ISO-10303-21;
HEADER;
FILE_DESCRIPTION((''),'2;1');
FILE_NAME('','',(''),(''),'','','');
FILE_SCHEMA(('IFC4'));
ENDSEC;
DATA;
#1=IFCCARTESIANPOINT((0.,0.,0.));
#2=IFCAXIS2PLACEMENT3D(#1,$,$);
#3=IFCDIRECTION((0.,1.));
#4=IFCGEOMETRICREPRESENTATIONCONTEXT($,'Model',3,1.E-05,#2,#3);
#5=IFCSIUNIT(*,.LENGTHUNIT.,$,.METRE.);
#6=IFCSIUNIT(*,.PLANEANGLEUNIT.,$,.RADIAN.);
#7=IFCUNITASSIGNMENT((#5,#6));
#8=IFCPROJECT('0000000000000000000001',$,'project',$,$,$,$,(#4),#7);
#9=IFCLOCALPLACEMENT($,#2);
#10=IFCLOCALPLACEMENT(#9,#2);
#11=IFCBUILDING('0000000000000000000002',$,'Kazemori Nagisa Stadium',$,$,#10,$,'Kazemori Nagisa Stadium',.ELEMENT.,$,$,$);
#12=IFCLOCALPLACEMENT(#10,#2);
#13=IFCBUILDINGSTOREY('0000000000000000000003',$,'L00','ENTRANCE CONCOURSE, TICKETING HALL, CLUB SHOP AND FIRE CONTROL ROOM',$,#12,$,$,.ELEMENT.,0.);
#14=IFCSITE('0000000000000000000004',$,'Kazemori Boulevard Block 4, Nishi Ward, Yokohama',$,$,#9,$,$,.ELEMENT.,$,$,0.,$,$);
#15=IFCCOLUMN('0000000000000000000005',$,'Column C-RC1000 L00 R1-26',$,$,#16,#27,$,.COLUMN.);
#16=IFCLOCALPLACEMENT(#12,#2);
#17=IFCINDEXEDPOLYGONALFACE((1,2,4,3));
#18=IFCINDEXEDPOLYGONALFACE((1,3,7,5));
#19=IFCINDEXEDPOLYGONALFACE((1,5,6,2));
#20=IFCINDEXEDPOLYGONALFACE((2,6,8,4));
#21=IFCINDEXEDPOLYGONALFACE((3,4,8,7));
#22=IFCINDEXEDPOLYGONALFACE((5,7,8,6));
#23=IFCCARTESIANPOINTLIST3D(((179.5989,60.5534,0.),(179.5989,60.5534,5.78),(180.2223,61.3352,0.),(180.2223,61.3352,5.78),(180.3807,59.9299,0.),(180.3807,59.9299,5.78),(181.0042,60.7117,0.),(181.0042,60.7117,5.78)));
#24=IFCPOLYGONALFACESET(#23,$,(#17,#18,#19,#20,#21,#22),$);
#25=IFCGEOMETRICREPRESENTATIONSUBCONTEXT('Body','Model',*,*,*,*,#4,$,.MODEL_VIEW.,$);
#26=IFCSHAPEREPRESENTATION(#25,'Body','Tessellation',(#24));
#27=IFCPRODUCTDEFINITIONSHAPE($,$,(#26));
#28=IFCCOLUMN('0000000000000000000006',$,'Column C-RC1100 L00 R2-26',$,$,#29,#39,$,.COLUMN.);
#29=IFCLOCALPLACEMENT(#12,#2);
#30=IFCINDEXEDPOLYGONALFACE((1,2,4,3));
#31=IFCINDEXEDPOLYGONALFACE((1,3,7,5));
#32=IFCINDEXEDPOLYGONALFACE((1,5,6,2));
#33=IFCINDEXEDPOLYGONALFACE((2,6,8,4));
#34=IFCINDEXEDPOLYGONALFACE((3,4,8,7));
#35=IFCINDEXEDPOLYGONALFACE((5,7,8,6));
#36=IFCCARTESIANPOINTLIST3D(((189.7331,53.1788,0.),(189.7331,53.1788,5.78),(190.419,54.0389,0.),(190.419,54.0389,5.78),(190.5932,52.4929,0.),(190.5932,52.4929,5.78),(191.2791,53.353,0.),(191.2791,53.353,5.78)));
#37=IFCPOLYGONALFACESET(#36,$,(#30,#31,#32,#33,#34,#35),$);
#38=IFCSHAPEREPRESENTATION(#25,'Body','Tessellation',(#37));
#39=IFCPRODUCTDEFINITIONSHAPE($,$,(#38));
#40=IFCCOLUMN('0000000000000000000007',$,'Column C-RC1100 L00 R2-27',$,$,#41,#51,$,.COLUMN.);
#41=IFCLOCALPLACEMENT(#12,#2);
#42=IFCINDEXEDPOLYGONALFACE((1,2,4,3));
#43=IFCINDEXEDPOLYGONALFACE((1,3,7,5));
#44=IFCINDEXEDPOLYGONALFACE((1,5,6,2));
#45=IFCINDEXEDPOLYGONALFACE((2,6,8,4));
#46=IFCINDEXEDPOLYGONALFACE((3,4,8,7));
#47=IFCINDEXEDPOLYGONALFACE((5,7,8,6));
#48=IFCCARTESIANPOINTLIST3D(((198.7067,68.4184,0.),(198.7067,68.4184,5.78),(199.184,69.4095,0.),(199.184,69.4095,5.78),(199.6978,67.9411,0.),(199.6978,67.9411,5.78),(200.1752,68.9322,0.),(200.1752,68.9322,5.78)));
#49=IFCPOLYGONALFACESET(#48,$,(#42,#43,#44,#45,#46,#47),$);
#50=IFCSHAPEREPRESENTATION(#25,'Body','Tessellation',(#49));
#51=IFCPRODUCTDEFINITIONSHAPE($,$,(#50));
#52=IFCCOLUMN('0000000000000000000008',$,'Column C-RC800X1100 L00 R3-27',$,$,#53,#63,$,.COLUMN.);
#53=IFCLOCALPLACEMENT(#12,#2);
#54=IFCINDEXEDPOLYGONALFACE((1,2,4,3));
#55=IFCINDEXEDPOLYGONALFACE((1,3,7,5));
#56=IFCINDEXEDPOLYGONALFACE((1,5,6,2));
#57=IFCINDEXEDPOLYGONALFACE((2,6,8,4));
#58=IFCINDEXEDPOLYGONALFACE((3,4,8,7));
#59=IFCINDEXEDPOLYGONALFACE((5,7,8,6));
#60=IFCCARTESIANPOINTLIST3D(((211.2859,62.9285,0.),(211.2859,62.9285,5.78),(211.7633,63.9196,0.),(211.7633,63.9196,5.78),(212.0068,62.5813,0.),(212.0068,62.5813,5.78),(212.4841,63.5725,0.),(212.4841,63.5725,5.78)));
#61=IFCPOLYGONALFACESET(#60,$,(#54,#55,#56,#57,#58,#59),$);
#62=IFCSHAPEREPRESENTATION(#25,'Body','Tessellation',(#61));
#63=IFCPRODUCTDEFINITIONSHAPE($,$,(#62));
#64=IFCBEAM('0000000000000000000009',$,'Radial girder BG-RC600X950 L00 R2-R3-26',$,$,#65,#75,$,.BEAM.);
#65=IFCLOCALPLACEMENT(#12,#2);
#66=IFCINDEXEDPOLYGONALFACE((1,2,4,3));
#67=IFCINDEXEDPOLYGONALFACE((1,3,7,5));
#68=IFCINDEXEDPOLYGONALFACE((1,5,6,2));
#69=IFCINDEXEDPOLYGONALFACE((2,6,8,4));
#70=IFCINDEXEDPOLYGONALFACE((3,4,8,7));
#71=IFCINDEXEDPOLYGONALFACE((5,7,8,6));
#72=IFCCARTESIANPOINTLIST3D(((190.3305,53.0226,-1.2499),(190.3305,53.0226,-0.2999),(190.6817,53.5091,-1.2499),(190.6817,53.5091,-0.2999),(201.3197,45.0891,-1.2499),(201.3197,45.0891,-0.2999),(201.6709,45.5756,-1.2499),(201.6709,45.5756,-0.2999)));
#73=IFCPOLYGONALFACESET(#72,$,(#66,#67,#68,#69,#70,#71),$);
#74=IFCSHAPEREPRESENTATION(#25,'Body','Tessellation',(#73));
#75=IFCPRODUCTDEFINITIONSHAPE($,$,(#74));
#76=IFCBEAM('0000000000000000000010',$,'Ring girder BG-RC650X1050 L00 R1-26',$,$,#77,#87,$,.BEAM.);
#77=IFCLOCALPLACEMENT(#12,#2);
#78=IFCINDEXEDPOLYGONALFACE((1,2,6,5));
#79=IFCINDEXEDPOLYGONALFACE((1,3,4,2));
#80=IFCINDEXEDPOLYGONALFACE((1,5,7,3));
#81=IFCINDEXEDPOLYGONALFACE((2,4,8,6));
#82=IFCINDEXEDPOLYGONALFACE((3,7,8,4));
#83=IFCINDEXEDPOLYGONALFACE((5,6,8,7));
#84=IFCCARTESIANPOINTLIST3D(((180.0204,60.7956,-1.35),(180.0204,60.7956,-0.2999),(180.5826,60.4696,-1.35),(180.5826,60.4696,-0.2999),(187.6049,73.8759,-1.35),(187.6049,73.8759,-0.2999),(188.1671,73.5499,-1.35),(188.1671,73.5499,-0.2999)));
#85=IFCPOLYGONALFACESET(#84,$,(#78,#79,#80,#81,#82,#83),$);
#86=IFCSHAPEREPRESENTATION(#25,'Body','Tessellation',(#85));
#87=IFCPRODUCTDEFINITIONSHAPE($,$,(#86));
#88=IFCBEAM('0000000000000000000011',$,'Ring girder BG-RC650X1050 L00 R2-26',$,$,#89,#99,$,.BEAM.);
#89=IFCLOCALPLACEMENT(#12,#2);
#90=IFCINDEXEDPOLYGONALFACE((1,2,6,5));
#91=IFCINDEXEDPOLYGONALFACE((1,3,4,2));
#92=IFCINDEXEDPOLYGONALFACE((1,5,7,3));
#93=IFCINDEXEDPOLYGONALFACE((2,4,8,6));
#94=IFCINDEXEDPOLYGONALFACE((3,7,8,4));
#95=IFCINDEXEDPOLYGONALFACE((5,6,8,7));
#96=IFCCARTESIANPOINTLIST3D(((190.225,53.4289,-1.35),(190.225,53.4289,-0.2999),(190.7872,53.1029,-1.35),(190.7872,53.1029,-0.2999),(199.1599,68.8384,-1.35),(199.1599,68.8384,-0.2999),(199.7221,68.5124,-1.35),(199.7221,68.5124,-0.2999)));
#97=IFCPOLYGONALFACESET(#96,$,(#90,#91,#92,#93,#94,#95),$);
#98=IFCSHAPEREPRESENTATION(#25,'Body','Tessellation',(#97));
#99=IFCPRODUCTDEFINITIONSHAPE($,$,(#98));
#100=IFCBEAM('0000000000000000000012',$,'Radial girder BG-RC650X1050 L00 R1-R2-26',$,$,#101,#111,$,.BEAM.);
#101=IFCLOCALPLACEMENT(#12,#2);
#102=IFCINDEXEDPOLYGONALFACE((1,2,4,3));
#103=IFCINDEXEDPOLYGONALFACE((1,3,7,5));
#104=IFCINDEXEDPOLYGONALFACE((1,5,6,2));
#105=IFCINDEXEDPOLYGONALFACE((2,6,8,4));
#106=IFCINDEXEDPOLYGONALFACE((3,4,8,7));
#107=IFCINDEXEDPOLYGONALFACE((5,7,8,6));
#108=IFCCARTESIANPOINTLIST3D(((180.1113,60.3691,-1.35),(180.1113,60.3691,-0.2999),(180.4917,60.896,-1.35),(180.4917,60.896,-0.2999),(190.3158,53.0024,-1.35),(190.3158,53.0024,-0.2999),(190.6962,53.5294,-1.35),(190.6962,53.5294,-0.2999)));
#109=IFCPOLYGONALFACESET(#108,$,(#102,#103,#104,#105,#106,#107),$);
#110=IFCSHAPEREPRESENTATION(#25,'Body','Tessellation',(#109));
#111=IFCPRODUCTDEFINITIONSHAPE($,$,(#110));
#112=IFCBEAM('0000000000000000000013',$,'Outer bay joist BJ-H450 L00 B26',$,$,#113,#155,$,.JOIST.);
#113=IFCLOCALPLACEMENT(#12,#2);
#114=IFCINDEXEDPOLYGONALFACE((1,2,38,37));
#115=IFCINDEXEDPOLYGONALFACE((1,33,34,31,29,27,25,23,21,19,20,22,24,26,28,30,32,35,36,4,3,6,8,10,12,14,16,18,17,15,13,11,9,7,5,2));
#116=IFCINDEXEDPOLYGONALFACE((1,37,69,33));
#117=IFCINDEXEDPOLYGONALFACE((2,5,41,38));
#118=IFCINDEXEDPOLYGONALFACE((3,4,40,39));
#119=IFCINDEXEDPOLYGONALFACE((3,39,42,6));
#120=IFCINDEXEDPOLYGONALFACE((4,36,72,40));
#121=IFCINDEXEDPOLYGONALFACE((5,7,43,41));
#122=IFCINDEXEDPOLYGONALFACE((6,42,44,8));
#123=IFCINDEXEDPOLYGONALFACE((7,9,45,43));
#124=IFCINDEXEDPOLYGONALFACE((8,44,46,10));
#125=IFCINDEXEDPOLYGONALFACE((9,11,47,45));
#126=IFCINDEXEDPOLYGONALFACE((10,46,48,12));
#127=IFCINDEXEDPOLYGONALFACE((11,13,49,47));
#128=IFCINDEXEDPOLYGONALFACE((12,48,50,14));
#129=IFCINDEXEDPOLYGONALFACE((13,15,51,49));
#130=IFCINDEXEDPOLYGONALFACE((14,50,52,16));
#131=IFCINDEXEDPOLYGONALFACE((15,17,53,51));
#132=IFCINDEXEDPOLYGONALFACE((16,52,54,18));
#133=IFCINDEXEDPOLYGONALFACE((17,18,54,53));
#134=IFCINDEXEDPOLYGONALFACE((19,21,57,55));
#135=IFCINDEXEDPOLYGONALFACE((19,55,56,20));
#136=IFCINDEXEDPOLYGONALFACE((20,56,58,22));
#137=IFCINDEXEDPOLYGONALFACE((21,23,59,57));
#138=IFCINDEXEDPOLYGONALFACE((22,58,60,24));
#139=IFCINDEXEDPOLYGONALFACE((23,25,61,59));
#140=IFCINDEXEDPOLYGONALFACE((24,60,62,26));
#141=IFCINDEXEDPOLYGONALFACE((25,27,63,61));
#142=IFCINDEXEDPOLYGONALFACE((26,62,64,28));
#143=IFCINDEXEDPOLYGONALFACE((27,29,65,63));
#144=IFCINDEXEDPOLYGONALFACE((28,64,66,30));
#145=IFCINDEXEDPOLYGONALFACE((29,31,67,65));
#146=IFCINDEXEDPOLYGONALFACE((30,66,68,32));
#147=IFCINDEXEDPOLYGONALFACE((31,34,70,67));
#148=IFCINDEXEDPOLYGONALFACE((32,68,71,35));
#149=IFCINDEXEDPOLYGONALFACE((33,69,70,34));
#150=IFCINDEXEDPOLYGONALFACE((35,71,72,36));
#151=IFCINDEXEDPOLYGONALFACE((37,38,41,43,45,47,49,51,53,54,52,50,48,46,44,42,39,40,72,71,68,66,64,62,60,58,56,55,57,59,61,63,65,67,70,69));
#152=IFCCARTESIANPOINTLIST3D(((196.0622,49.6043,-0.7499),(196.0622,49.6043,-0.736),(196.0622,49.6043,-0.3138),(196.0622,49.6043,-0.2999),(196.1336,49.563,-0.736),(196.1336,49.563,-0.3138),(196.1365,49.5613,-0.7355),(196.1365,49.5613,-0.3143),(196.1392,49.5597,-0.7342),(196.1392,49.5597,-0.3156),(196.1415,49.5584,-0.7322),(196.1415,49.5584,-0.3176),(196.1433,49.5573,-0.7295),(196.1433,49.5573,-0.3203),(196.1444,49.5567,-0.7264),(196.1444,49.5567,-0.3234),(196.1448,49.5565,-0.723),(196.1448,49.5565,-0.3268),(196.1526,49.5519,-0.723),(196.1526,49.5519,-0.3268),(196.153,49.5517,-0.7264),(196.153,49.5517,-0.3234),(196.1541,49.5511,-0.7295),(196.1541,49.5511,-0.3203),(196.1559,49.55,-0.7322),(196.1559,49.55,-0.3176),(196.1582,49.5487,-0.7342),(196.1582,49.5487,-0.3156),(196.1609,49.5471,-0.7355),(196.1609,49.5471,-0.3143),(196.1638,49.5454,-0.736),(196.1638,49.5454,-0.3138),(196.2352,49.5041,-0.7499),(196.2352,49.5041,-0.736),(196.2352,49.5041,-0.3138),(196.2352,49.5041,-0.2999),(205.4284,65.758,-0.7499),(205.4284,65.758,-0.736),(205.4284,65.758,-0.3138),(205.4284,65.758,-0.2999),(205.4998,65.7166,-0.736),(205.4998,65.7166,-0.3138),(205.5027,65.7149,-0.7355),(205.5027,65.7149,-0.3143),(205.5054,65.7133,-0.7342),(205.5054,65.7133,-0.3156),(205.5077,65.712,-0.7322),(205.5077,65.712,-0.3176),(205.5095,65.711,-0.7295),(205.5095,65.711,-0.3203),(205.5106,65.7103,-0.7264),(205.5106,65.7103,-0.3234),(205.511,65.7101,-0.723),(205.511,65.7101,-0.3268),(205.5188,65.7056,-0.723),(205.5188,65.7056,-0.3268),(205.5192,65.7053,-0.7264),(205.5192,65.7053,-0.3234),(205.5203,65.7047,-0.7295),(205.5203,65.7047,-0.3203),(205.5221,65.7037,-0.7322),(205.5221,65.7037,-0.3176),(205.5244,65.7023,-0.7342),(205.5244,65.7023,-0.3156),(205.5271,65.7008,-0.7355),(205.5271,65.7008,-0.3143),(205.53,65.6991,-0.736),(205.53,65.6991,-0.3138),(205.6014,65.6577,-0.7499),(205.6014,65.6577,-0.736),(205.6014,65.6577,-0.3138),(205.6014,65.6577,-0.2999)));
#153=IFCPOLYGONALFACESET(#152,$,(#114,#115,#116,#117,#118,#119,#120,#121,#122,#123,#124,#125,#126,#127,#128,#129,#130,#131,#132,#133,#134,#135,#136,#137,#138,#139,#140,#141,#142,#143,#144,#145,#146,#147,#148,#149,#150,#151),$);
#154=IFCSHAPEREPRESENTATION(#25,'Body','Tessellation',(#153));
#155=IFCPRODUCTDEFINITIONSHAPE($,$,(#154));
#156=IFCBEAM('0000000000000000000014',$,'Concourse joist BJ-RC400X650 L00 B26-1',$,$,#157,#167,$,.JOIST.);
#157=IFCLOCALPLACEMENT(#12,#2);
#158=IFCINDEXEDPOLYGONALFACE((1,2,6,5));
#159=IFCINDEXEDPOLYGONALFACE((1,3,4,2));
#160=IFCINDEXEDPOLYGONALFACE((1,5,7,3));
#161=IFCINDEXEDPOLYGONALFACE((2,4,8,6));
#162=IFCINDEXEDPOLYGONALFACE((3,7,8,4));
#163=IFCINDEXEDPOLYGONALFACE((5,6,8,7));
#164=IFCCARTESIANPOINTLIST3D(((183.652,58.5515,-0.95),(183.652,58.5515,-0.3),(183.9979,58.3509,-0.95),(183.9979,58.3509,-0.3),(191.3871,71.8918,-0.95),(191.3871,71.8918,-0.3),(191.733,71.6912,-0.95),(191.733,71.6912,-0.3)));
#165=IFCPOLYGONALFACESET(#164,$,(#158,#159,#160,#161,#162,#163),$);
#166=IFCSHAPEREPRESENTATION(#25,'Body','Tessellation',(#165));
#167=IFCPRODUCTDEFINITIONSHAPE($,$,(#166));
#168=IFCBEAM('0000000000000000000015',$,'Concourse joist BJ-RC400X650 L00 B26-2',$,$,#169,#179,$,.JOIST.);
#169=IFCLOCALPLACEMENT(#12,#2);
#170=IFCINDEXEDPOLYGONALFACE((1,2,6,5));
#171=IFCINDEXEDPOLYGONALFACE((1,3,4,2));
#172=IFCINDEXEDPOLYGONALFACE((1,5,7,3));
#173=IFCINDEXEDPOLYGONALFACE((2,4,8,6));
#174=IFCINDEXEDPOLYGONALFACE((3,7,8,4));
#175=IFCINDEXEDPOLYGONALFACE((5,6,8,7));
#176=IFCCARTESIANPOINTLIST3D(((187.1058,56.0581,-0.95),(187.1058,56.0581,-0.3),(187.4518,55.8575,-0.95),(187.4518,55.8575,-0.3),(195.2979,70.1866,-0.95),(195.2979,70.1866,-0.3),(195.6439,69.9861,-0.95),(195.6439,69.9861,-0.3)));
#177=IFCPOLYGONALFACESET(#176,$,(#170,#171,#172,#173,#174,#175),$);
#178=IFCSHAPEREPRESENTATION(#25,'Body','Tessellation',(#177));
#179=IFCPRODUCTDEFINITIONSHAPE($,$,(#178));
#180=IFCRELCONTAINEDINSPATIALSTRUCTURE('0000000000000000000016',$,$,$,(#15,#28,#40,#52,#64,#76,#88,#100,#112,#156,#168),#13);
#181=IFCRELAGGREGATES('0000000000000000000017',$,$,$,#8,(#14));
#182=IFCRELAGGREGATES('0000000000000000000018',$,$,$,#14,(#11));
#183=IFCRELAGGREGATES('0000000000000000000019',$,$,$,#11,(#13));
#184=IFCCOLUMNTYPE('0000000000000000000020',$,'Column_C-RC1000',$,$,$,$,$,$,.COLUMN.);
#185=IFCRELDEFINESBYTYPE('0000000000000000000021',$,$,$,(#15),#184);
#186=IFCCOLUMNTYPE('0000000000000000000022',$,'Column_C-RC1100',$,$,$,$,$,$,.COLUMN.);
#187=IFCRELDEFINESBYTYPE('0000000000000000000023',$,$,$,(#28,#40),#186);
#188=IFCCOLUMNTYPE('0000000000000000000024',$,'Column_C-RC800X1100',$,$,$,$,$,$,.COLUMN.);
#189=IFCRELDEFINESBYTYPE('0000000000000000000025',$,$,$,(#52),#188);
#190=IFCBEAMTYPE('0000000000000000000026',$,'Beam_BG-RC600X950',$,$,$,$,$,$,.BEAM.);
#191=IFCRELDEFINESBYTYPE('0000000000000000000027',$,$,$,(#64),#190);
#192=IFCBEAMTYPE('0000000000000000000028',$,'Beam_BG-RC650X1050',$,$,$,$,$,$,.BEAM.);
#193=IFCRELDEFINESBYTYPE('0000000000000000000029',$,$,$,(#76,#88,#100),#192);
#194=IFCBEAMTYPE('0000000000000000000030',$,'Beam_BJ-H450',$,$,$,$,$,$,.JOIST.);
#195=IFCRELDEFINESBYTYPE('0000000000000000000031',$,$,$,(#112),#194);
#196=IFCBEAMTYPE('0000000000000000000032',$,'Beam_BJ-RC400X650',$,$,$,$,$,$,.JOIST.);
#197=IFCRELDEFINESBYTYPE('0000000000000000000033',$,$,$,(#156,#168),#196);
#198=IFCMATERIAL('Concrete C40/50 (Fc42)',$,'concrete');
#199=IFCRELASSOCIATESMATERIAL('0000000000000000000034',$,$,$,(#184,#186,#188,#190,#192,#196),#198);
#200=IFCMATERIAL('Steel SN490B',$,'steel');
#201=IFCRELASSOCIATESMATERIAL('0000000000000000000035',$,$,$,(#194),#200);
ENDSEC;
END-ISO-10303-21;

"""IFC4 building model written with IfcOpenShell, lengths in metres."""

from ifc_helpers import new_model, si_unit, direction, frame, origin, origin_2d, place, context, subcontext, project, spatial, rectangle, i_section, extrude, material, material_profile, profile_set, type_object, element, save


model = new_model("IFC4")

# Units and contexts
model_context = context("Model", 3, precision=1e-05, world=origin(), true_north=direction((0.0, 1.0)))
body_context = subcontext(model_context, "Body", "Model", "MODEL_VIEW")
ifc_project = project(units=[si_unit("LENGTHUNIT", "METRE"), si_unit("PLANEANGLEUNIT", "RADIAN")], contexts=[model_context])

# Site, building, storey
site_placement = place(None, origin())
site = spatial("IfcSite", under=ifc_project, at=site_placement, Name="Kazemori Boulevard Block 4, Nishi Ward, Yokohama", CompositionType="ELEMENT", RefElevation=0.0)
building_placement = place(site_placement, origin())
building = spatial("IfcBuilding", under=site, at=building_placement, Name="Kazemori Nagisa Stadium", LongName="Kazemori Nagisa Stadium", CompositionType="ELEMENT")
storey_placement = place(building_placement, origin())
storey = spatial("IfcBuildingStorey", under=building, at=storey_placement, Name="L00", Description="ENTRANCE CONCOURSE, TICKETING HALL, CLUB SHOP AND FIRE CONTROL ROOM", CompositionType="ELEMENT", Elevation=0.0)

# Columns
ifc_material_1 = material(Name="Concrete C40/50 (Fc42)", Category="concrete")
ifc_material_profile_1 = material_profile(ifc_material_1, rectangle(XDim=1.0, YDim=1.0, at=origin_2d()), Name="RC-COL-1000x1000")
ifc_profile_set_1 = profile_set([ifc_material_profile_1], Name="Concrete C40/50 (Fc42)")
column_type_1 = type_object("IfcColumnType", Name="Column_C-RC1000", PredefinedType="COLUMN", material=ifc_profile_set_1)
column_1_placement = place(storey_placement, frame((180.3015, 60.6326, 0.0), z_axis=(0.0, 0.0, 1.0), x_axis=(0.781831, -0.62349, 0.0)))
element("IfcColumn", 1, at=column_1_placement, inside=storey, type_object=column_type_1, Name="Column C-RC1000 L00 R1-26", PredefinedType="COLUMN", context=body_context, shape_type="SweptSolid", body=[
    extrude(rectangle(XDim=1.0, YDim=1.0, at=origin_2d()), origin(), (0.0, 0.0, 1.0), 5.78),
])
ifc_material_profile_2 = material_profile(ifc_material_1, rectangle(XDim=1.1001, YDim=1.1001, at=origin_2d()), Name="RC-COL-1100x1100")
ifc_profile_set_2 = profile_set([ifc_material_profile_2], Name="Concrete C40/50 (Fc42)")
column_type_2 = type_object("IfcColumnType", Name="Column_C-RC1100", PredefinedType="COLUMN", material=ifc_profile_set_2)
for number, where, z_axis, x_axis, name in (
    (2, (190.5061, 53.2659, 0.0), (0.0, 0.0, 1.0), (0.781831, -0.62349, 0.0), "Column C-RC1100 L00 R2-26"),
    (3, (199.4409, 68.6753, 0.0), (0.0, 0.0, 1.0), (0.900969, -0.433884, 0.0), "Column C-RC1100 L00 R2-27"),
):
    element("IfcColumn", number, at=place(storey_placement, frame(where, z_axis=z_axis, x_axis=x_axis)), inside=storey, type_object=column_type_2, Name=name, PredefinedType="COLUMN", context=body_context, shape_type="SweptSolid", body=[
        extrude(rectangle(XDim=1.1001, YDim=1.1001, at=origin_2d()), origin(), (0.0, 0.0, 1.0), 5.78),
    ])
ifc_material_profile_3 = material_profile(ifc_material_1, rectangle(XDim=0.8, YDim=1.1001, at=origin_2d()), Name="RC-COL-800x1100")
ifc_profile_set_3 = profile_set([ifc_material_profile_3], Name="Concrete C40/50 (Fc42)")
column_type_3 = type_object("IfcColumnType", Name="Column_C-RC800X1100", PredefinedType="COLUMN", material=ifc_profile_set_3)
column_2_placement = place(storey_placement, frame((211.885, 63.2505, 0.0), z_axis=(0.0, 0.0, 1.0), x_axis=(0.900969, -0.433884, 0.0)))
element("IfcColumn", 4, at=column_2_placement, inside=storey, type_object=column_type_3, Name="Column C-RC800X1100 L00 R3-27", PredefinedType="COLUMN", context=body_context, shape_type="SweptSolid", body=[
    extrude(rectangle(XDim=0.8, YDim=1.1001, at=origin_2d()), origin(), (0.0, 0.0, 1.0), 5.78),
])

# Beams
ifc_material_profile_4 = material_profile(ifc_material_1, rectangle(XDim=0.6001, YDim=0.95, at=origin_2d()), Name="RC-BM-600x950")
ifc_profile_set_4 = profile_set([ifc_material_profile_4], Name="Concrete C40/50 (Fc42)")
beam_type_1 = type_object("IfcBeamType", Name="Beam_BG-RC600X950", PredefinedType="BEAM", material=ifc_profile_set_4)
beam_1_placement = place(storey_placement, frame((190.5061, 53.2659, -0.7749), z_axis=(0.810788, -0.585341, 0.0), x_axis=(0.585341, 0.810788, 0.0)))
element("IfcBeam", 5, at=beam_1_placement, inside=storey, type_object=beam_type_1, Name="Radial girder BG-RC600X950 L00 R2-R3-26", PredefinedType="BEAM", context=body_context, shape_type="SweptSolid", body=[
    extrude(rectangle(XDim=0.6001, YDim=0.95, at=origin_2d()), origin(), (0.0, 0.0, 1.0), 13.5537),
])
ifc_material_profile_5 = material_profile(ifc_material_1, rectangle(XDim=0.6499, YDim=1.05, at=origin_2d()), Name="RC-BM-650x1050")
ifc_profile_set_5 = profile_set([ifc_material_profile_5], Name="Concrete C40/50 (Fc42)")
beam_type_2 = type_object("IfcBeamType", Name="Beam_BG-RC650X1050", PredefinedType="BEAM", material=ifc_profile_set_5)
beam_2_placement = place(storey_placement, frame((180.3015, 60.6326, -0.825), z_axis=(0.501613, 0.865092, 0.0), x_axis=(-0.865092, 0.501613, 0.0)))
element("IfcBeam", 6, at=beam_2_placement, inside=storey, type_object=beam_type_2, Name="Ring girder BG-RC650X1050 L00 R1-26", PredefinedType="BEAM", context=body_context, shape_type="SweptSolid", body=[
    extrude(rectangle(XDim=0.6499, YDim=1.05, at=origin_2d()), origin(), (0.0, 0.0, 1.0), 15.1201),
])
beam_3_placement = place(storey_placement, frame((190.5061, 53.2659, -0.825), z_axis=(0.501607, 0.865096, 0.0), x_axis=(-0.865096, 0.501607, 0.0)))
element("IfcBeam", 7, at=beam_3_placement, inside=storey, type_object=beam_type_2, Name="Ring girder BG-RC650X1050 L00 R2-26", PredefinedType="BEAM", context=body_context, shape_type="SweptSolid", body=[
    extrude(rectangle(XDim=0.6499, YDim=1.05, at=origin_2d()), origin(), (0.0, 0.0, 1.0), 17.8125),
])
beam_4_placement = place(storey_placement, frame((180.3015, 60.6326, -0.825), z_axis=(0.810803, -0.585319, 0.0), x_axis=(0.585319, 0.810803, 0.0)))
element("IfcBeam", 8, at=beam_4_placement, inside=storey, type_object=beam_type_2, Name="Radial girder BG-RC650X1050 L00 R1-R2-26", PredefinedType="BEAM", context=body_context, shape_type="SweptSolid", body=[
    extrude(rectangle(XDim=0.6499, YDim=1.05, at=origin_2d()), origin(), (0.0, 0.0, 1.0), 12.5857),
])
ifc_material_2 = material(Name="Steel SN490B", Category="steel")
ifc_material_profile_6 = material_profile(ifc_material_2, i_section(OverallWidth=0.2, OverallDepth=0.45, WebThickness=0.009, FlangeThickness=0.0139, FilletRadius=0.0129, at=origin_2d()), Name="H-450x200x9x14")
ifc_profile_set_6 = profile_set([ifc_material_profile_6], Name="Steel SN490B")
beam_type_3 = type_object("IfcBeamType", Name="Beam_BJ-H450", PredefinedType="JOIST", material=ifc_profile_set_6)
beam_5_placement = place(storey_placement, frame((196.1487, 49.5542, -0.5249), z_axis=(0.501604, 0.865098, 0.0), x_axis=(-0.865098, 0.501604, 0.0)))
element("IfcBeam", 9, at=beam_5_placement, inside=storey, type_object=beam_type_3, Name="Outer bay joist BJ-H450 L00 B26", PredefinedType="JOIST", context=body_context, shape_type="SweptSolid", body=[
    extrude(i_section(OverallWidth=0.2, OverallDepth=0.45, WebThickness=0.009, FlangeThickness=0.0139, FilletRadius=0.0129, at=origin_2d()), origin(), (0.0, 0.0, 1.0), 18.6726),
])
ifc_material_profile_7 = material_profile(ifc_material_1, rectangle(XDim=0.3999, YDim=0.6499, at=origin_2d()), Name="RC-BM-400x650")
ifc_profile_set_7 = profile_set([ifc_material_profile_7], Name="Concrete C40/50 (Fc42)")
beam_type_4 = type_object("IfcBeamType", Name="Beam_BJ-RC400X650", PredefinedType="JOIST", material=ifc_profile_set_7)
beam_6_placement = place(storey_placement, frame((183.825, 58.4512, -0.625), z_axis=(0.501607, 0.865095, 0.0), x_axis=(-0.865095, 0.501607, 0.0)))
element("IfcBeam", 10, at=beam_6_placement, inside=storey, type_object=beam_type_4, Name="Concourse joist BJ-RC400X650 L00 B26-1", PredefinedType="JOIST", context=body_context, shape_type="SweptSolid", body=[
    extrude(rectangle(XDim=0.3999, YDim=0.6499, at=origin_2d()), origin(), (0.0, 0.0, 1.0), 15.4207),
])
beam_7_placement = place(storey_placement, frame((187.2788, 55.9578, -0.625), z_axis=(0.501604, 0.865097, 0.0), x_axis=(-0.865097, 0.501604, 0.0)))
element("IfcBeam", 11, at=beam_7_placement, inside=storey, type_object=beam_type_4, Name="Concourse joist BJ-RC400X650 L00 B26-2", PredefinedType="JOIST", context=body_context, shape_type="SweptSolid", body=[
    extrude(rectangle(XDim=0.3999, YDim=0.6499, at=origin_2d()), origin(), (0.0, 0.0, 1.0), 16.3318),
])

save(model, "model.ifc")
